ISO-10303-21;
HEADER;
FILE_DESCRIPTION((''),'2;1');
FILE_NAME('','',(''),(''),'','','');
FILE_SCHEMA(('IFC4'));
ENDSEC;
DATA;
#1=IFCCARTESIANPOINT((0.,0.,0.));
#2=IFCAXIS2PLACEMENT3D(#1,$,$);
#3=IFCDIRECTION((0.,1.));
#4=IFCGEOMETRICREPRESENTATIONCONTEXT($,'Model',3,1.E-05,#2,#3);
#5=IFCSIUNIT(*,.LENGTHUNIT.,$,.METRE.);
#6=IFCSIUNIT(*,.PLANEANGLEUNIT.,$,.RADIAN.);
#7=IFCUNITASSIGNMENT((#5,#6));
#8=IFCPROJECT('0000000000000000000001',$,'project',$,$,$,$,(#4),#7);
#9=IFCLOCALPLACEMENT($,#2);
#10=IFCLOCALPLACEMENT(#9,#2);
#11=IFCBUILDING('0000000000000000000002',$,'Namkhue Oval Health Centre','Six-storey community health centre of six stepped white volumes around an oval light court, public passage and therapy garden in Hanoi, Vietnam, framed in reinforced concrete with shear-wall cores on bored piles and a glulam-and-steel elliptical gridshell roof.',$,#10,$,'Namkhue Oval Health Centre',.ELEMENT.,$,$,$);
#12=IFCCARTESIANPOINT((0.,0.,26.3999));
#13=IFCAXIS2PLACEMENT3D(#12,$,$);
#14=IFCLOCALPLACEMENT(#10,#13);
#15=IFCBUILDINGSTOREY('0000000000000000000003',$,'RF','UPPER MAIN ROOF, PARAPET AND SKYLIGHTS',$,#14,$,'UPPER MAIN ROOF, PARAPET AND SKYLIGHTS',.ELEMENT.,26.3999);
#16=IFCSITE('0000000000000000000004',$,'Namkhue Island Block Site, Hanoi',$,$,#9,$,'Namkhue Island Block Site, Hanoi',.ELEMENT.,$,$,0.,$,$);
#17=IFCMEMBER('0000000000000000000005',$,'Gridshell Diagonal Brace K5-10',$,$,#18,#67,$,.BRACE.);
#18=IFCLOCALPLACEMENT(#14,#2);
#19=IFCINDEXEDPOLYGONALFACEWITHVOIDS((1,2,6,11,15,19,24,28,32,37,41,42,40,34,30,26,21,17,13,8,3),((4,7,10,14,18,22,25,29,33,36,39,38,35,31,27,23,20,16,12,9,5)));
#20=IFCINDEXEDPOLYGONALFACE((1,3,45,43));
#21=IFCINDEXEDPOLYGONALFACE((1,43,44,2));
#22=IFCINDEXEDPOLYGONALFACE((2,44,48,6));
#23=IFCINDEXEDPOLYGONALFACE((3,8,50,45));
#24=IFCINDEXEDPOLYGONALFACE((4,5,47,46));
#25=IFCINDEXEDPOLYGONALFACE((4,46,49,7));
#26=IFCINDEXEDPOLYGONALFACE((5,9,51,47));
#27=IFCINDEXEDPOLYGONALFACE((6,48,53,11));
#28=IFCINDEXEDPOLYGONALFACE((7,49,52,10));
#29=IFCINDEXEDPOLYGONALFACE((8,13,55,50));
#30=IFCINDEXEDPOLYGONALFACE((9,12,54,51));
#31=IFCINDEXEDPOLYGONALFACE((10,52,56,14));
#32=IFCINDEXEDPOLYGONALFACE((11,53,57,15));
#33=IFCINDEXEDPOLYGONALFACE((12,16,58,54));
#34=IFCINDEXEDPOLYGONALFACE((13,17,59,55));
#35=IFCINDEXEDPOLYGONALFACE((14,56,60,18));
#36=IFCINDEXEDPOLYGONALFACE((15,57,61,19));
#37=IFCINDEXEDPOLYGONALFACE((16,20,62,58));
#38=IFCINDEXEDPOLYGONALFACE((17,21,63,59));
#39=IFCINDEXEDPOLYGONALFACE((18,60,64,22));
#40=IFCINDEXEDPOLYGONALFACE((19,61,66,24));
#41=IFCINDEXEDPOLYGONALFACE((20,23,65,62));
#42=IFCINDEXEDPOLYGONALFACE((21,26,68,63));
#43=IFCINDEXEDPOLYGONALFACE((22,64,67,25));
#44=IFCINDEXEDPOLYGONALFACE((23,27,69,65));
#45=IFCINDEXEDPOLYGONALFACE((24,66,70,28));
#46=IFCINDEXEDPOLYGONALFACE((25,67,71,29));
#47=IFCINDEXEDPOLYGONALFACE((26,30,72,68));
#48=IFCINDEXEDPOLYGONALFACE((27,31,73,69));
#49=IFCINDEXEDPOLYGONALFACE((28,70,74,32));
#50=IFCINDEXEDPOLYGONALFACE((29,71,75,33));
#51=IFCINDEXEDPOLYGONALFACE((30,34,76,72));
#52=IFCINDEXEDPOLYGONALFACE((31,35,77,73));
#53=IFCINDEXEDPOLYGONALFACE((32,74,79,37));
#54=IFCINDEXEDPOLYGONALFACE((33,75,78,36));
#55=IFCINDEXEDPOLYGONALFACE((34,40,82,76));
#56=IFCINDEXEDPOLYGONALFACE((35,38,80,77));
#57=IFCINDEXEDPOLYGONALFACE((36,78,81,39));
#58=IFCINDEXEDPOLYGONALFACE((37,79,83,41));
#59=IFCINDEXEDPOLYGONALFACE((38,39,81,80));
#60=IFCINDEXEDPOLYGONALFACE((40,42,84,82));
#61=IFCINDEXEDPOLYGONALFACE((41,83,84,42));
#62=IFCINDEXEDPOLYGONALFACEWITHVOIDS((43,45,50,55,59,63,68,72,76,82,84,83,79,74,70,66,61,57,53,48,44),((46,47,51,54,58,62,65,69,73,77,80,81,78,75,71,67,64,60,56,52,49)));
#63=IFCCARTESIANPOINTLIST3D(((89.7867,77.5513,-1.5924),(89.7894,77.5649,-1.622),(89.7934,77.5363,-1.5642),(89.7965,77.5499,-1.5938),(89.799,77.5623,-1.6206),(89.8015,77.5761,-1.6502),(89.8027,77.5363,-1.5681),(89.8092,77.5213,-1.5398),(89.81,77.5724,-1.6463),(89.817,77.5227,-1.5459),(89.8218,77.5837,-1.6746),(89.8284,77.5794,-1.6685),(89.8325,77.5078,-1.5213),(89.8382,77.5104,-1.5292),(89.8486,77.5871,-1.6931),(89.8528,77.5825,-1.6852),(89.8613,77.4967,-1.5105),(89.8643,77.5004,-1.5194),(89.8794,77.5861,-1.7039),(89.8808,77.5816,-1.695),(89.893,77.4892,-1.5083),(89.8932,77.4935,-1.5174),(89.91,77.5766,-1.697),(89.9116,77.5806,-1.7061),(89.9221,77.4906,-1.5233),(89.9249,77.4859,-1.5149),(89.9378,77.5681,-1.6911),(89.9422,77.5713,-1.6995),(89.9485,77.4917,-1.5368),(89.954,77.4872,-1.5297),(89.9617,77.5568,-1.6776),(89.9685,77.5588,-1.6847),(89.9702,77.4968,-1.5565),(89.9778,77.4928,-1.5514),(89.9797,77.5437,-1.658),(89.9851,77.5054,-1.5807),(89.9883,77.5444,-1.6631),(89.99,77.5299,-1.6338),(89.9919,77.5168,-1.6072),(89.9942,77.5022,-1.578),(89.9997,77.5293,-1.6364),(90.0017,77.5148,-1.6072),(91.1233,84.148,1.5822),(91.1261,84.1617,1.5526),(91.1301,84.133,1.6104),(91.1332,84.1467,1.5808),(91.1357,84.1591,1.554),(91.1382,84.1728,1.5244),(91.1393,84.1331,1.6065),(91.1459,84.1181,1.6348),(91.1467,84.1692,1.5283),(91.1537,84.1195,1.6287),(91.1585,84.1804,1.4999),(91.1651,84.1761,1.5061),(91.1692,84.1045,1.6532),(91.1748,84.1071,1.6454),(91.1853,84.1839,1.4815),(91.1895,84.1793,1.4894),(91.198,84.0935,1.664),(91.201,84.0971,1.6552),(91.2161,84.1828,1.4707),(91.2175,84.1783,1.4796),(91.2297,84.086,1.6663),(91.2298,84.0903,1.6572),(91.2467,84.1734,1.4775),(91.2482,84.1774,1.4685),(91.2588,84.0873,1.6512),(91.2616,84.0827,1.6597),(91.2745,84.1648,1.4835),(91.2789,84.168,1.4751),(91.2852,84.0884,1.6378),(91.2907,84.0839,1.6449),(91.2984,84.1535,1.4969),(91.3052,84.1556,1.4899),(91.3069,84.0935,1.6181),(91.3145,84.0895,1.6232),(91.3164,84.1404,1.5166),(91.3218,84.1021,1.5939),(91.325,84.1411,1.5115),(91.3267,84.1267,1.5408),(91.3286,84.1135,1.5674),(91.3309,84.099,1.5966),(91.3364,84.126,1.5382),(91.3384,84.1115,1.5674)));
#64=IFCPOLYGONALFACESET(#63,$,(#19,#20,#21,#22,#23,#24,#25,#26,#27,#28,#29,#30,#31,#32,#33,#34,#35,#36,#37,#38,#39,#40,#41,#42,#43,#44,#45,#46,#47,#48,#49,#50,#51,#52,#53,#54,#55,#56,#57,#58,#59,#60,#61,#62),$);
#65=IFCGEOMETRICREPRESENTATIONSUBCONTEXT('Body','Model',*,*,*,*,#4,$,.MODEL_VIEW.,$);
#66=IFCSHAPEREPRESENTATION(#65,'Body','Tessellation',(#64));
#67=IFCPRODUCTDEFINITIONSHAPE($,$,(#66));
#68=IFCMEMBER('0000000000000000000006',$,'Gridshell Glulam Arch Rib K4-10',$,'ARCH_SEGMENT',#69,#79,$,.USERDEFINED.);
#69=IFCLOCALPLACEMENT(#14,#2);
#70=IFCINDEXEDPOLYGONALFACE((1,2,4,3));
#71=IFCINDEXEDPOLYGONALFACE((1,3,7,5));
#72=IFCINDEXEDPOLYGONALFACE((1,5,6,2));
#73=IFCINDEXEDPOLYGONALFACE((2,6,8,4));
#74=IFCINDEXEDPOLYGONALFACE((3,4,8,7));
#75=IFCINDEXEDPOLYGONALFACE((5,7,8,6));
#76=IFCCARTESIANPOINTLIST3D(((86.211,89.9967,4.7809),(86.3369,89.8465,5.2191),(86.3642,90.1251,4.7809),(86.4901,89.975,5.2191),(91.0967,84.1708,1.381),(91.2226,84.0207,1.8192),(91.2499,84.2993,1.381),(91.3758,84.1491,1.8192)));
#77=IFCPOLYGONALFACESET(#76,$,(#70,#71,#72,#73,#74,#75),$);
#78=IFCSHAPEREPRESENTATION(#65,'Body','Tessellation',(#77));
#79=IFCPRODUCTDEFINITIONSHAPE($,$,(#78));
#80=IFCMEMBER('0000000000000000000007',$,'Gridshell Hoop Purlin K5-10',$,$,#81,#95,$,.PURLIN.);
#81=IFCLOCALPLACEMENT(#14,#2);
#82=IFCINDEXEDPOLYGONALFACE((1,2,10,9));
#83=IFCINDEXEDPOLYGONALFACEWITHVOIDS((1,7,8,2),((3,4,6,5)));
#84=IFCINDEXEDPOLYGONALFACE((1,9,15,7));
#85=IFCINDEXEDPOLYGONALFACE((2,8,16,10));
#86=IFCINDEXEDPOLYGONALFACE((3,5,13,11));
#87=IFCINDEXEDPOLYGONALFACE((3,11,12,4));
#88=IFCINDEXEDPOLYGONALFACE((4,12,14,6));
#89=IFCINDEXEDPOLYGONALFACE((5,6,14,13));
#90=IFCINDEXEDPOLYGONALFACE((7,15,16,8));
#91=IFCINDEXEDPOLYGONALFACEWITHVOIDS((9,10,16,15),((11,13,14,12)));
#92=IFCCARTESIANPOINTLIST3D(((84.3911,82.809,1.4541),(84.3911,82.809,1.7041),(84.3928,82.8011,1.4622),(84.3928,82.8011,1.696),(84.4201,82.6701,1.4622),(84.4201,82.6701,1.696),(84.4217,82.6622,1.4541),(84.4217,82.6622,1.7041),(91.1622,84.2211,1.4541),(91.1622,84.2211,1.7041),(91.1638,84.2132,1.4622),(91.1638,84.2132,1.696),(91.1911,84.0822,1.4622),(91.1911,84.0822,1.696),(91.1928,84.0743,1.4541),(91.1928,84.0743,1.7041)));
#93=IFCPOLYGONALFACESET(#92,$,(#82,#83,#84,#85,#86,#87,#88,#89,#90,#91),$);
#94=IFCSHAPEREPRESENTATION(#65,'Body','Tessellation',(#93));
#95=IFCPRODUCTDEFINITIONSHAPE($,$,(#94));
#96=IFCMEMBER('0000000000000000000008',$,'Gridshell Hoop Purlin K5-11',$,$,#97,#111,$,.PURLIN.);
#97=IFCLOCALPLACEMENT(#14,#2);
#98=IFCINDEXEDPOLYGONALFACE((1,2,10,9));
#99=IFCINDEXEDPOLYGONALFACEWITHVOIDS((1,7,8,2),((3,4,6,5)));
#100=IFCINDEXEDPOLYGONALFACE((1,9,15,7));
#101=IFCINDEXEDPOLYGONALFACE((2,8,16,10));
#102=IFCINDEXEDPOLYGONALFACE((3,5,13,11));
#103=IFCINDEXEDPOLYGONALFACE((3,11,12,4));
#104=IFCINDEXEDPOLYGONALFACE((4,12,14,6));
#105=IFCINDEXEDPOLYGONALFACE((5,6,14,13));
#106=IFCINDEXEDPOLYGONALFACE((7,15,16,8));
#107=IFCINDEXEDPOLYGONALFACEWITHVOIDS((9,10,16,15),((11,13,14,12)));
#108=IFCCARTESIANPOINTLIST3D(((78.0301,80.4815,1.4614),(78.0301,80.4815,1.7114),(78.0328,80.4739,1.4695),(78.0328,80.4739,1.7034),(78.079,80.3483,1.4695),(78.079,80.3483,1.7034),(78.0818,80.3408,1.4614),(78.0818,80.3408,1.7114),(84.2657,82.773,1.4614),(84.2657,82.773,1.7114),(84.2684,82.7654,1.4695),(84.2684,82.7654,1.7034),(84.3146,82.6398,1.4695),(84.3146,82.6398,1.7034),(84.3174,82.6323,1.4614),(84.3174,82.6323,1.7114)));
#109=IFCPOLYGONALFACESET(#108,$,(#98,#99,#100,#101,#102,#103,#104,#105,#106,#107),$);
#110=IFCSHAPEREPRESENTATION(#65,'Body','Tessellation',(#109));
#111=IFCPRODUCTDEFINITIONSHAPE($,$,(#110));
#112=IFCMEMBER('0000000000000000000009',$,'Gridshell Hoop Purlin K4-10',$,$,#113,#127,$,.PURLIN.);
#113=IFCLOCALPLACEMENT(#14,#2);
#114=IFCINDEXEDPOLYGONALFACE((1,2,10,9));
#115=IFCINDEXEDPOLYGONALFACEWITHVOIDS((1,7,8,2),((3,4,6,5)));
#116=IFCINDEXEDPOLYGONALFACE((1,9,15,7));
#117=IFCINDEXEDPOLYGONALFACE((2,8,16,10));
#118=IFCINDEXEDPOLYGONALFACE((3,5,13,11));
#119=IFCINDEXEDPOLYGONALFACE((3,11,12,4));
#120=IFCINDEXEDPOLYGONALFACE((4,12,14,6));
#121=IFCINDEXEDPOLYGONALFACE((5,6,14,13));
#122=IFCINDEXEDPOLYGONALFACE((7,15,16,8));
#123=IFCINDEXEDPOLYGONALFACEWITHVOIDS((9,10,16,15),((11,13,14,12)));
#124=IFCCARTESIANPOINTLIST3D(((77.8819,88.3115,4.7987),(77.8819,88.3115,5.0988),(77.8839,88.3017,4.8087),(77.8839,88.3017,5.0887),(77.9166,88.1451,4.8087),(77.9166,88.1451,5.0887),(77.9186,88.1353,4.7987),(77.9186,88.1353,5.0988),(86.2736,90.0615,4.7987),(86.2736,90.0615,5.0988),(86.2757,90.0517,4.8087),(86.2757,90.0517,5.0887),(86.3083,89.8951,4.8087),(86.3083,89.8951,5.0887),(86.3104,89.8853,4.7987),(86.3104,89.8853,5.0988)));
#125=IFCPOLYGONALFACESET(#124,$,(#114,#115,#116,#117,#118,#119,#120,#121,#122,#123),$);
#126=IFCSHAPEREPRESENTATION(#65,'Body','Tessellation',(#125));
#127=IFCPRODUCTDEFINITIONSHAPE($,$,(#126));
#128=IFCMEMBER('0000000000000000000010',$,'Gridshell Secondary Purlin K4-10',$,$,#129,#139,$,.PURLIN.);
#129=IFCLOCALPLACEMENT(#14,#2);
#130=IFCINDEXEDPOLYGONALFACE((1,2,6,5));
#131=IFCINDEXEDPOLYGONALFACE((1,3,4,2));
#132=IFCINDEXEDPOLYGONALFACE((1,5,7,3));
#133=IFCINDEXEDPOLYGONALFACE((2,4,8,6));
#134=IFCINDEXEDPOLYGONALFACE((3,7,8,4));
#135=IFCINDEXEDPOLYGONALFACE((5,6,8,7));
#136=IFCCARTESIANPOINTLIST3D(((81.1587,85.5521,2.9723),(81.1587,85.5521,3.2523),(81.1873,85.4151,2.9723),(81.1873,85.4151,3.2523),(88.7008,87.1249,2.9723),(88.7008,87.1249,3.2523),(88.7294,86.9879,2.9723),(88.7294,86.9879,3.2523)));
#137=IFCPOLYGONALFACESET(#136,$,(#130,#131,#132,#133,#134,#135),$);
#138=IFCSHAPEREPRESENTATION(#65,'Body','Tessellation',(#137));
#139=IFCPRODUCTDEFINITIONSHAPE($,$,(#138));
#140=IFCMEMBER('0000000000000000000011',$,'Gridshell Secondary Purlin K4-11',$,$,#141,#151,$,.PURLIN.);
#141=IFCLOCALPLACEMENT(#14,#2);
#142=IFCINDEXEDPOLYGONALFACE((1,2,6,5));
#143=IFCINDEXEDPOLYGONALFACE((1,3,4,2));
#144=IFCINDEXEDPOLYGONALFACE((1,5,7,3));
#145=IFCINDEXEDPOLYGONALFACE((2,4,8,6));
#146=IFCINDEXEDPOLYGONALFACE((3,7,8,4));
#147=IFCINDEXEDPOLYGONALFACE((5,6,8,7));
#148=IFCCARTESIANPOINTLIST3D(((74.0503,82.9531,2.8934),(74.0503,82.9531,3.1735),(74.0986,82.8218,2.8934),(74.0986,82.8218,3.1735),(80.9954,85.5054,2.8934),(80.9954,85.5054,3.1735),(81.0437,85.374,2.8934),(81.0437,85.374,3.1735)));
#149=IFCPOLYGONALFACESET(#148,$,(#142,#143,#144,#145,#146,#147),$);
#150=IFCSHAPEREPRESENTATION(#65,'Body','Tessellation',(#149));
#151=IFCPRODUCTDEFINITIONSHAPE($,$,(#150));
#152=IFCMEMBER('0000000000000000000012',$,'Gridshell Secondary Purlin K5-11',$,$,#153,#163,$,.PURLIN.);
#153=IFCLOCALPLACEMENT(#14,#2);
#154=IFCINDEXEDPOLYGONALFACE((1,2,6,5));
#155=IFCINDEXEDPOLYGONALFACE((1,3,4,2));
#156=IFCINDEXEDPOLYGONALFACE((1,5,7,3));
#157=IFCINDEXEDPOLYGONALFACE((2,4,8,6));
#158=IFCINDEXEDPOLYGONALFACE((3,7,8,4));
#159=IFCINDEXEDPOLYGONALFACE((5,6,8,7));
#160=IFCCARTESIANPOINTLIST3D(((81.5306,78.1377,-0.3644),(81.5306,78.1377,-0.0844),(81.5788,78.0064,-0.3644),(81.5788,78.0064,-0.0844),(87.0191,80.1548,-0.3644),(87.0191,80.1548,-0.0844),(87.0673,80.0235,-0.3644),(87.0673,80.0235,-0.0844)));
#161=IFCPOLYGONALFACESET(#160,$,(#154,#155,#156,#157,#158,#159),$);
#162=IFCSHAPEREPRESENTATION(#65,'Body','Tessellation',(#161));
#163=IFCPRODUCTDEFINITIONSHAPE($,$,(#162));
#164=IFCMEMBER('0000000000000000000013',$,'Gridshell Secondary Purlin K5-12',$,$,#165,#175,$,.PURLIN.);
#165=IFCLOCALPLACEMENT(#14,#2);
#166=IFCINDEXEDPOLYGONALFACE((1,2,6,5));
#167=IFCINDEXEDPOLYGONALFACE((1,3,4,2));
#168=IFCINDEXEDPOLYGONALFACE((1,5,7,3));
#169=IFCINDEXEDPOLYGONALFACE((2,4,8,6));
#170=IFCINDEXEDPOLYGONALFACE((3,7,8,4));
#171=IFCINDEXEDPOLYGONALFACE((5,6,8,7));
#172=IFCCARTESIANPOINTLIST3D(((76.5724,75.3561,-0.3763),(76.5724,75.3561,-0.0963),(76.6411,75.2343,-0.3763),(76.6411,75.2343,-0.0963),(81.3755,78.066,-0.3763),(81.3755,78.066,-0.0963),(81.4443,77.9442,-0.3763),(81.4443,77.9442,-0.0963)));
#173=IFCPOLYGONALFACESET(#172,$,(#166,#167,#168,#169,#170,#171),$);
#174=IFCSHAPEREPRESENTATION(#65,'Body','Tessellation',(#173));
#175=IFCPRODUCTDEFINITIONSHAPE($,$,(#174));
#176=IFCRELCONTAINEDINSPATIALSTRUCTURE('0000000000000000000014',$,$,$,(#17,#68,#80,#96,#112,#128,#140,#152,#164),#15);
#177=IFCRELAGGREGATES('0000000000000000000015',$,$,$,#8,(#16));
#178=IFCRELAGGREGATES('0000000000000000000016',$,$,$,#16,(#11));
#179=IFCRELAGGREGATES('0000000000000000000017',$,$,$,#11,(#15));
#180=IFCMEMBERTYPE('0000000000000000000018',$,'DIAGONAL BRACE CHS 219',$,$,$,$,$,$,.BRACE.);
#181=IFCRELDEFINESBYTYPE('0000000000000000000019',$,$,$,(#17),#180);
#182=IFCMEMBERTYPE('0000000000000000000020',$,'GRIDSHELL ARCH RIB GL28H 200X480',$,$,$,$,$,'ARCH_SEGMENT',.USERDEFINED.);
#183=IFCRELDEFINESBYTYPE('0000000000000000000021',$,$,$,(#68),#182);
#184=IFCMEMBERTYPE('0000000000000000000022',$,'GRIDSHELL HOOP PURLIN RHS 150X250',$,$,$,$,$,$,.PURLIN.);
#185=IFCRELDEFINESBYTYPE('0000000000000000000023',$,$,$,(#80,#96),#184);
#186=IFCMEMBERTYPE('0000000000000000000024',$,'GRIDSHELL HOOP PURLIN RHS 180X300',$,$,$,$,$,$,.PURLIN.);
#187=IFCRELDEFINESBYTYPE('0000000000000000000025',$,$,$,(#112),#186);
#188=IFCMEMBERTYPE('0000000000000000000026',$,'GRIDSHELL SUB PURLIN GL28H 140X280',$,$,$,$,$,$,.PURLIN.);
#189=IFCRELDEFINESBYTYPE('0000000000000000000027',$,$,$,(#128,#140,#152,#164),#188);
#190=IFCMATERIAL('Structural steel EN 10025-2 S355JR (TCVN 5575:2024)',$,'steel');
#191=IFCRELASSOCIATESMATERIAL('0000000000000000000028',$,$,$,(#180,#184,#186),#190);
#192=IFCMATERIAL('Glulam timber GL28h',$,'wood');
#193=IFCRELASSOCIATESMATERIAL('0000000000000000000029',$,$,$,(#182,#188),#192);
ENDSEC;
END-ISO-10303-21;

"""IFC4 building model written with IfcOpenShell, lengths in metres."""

from ifc_helpers import new_model, si_unit, direction, frame, origin, origin_2d, place, context, subcontext, project, spatial, rectangle, hollow_rectangle, hollow_circle, extrude, material, material_profile, profile_set, type_object, element, save


model = new_model("IFC4")

# Units and contexts
model_context = context("Model", 3, precision=1e-05, world=origin(), true_north=direction((0.0, 1.0)))
body_context = subcontext(model_context, "Body", "Model", "MODEL_VIEW")
ifc_project = project(units=[si_unit("LENGTHUNIT", "METRE"), si_unit("PLANEANGLEUNIT", "RADIAN")], contexts=[model_context])

# Site, building, storey
site_placement = place(None, origin())
site = spatial("IfcSite", under=ifc_project, at=site_placement, Name="Namkhue Island Block Site, Hanoi", LongName="Namkhue Island Block Site, Hanoi", CompositionType="ELEMENT", RefElevation=0.0)
building_placement = place(site_placement, origin())
building = spatial("IfcBuilding", under=site, at=building_placement, Name="Namkhue Oval Health Centre", Description="Six-storey community health centre of six stepped white volumes around an oval light court, public passage and therapy garden in Hanoi, Vietnam, framed in reinforced concrete with shear-wall cores on bored piles and a glulam-and-steel elliptical gridshell roof.", LongName="Namkhue Oval Health Centre", CompositionType="ELEMENT")
storey_placement = place(building_placement, frame((0.0, 0.0, 26.3999)))
storey = spatial("IfcBuildingStorey", under=building, at=storey_placement, Name="RF", Description="UPPER MAIN ROOF, PARAPET AND SKYLIGHTS", LongName="UPPER MAIN ROOF, PARAPET AND SKYLIGHTS", CompositionType="ELEMENT", Elevation=26.3999)

# Members
ifc_material_1 = material(Name="Structural steel EN 10025-2 S355JR (TCVN 5575:2024)", Category="steel")
ifc_material_profile_1 = material_profile(ifc_material_1, hollow_circle(Radius=0.1096, WallThickness=0.01, at=origin_2d()), Name="CHS 219.1x10")
ifc_profile_set_1 = profile_set([ifc_material_profile_1], Name="Structural steel EN 10025-2 S355JR (TCVN 5575:2024)")
member_type_1 = type_object("IfcMemberType", Name="DIAGONAL BRACE CHS 219", PredefinedType="BRACE", material=ifc_profile_set_1)
member_1_placement = place(storey_placement, frame((91.231, 84.1333, 1.5674), z_axis=(-0.179616, -0.886433, -0.426584), x_axis=(0.980082, -0.198592, 0.0)))
element("IfcMember", 1, at=member_1_placement, inside=storey, type_object=member_type_1, Name="Gridshell Diagonal Brace K5-10", PredefinedType="BRACE", context=body_context, shape_type="SweptSolid", body=[
    extrude(hollow_circle(Radius=0.1096, WallThickness=0.01, at=origin_2d()), origin(), (0.0, 0.0, 1.0), 7.4419),
])
ifc_material_2 = material(Name="Glulam timber GL28h", Category="wood")
ifc_material_profile_2 = material_profile(ifc_material_2, rectangle(XDim=0.2, YDim=0.48, at=origin_2d()), Name="GL28h 200x480")
ifc_profile_set_2 = profile_set([ifc_material_profile_2], Name="Glulam timber GL28h")
member_type_2 = type_object("IfcMemberType", Name="GRIDSHELL ARCH RIB GL28H 200X480", ElementType="ARCH_SEGMENT", PredefinedType="USERDEFINED", material=ifc_profile_set_2)
member_2_placement = place(storey_placement, frame((86.3506, 89.9858, 5.0), z_axis=(0.586598, -0.69948, -0.408203), x_axis=(0.766225, 0.642572, 0.0)))
element("IfcMember", 2, at=member_2_placement, inside=storey, type_object=member_type_2, Name="Gridshell Glulam Arch Rib K4-10", ObjectType="ARCH_SEGMENT", PredefinedType="USERDEFINED", context=body_context, shape_type="SweptSolid", body=[
    extrude(rectangle(XDim=0.2, YDim=0.48, at=origin_2d()), origin(), (0.0, 0.0, 1.0), 8.3289),
])
ifc_material_profile_3 = material_profile(ifc_material_1, hollow_rectangle(XDim=0.1499, YDim=0.25, WallThickness=0.0081, at=origin_2d()), Name="RHS 150x250x8")
ifc_profile_set_3 = profile_set([ifc_material_profile_3], Name="Structural steel EN 10025-2 S355JR (TCVN 5575:2024)")
member_type_3 = type_object("IfcMemberType", Name="GRIDSHELL HOOP PURLIN RHS 150X250", PredefinedType="PURLIN", material=ifc_profile_set_3)
member_3_placement = place(storey_placement, frame((91.1775, 84.1477, 1.5791), z_axis=(-0.978938, -0.20416, 0.0), x_axis=(0.20416, -0.978938, 0.0)))
element("IfcMember", 3, at=member_3_placement, inside=storey, type_object=member_type_3, Name="Gridshell Hoop Purlin K5-10", PredefinedType="PURLIN", context=body_context, shape_type="SweptSolid", body=[
    extrude(hollow_rectangle(XDim=0.1499, YDim=0.25, WallThickness=0.0081, at=origin_2d()), origin(), (0.0, 0.0, 1.0), 6.9167),
])
member_4_placement = place(storey_placement, frame((84.2915, 82.7026, 1.5864), z_axis=(-0.938627, -0.344934, 0.0), x_axis=(0.344934, -0.938627, 0.0)))
element("IfcMember", 4, at=member_4_placement, inside=storey, type_object=member_type_3, Name="Gridshell Hoop Purlin K5-11", PredefinedType="PURLIN", context=body_context, shape_type="SweptSolid", body=[
    extrude(hollow_rectangle(XDim=0.1499, YDim=0.25, WallThickness=0.0081, at=origin_2d()), origin(), (0.0, 0.0, 1.0), 6.6433),
])
ifc_material_profile_4 = material_profile(ifc_material_1, hollow_rectangle(XDim=0.1799, YDim=0.3, WallThickness=0.01, at=origin_2d()), Name="RHS 180x300x10")
ifc_profile_set_4 = profile_set([ifc_material_profile_4], Name="Structural steel EN 10025-2 S355JR (TCVN 5575:2024)")
member_type_4 = type_object("IfcMemberType", Name="GRIDSHELL HOOP PURLIN RHS 180X300", PredefinedType="PURLIN", material=ifc_profile_set_4)
member_5_placement = place(storey_placement, frame((86.292, 89.9734, 4.9487), z_axis=(-0.978941, -0.204144, 0.0), x_axis=(0.204144, -0.978941, 0.0)))
element("IfcMember", 5, at=member_5_placement, inside=storey, type_object=member_type_4, Name="Gridshell Hoop Purlin K4-10", PredefinedType="PURLIN", context=body_context, shape_type="SweptSolid", body=[
    extrude(hollow_rectangle(XDim=0.1799, YDim=0.3, WallThickness=0.01, at=origin_2d()), origin(), (0.0, 0.0, 1.0), 8.5723),
])
ifc_material_profile_5 = material_profile(ifc_material_2, rectangle(XDim=0.1399, YDim=0.28, at=origin_2d()), Name="GL28h 140x280")
ifc_profile_set_5 = profile_set([ifc_material_profile_5], Name="Glulam timber GL28h")
member_type_5 = type_object("IfcMemberType", Name="GRIDSHELL SUB PURLIN GL28H 140X280", PredefinedType="PURLIN", material=ifc_profile_set_5)
member_6_placement = place(storey_placement, frame((88.7151, 87.0564, 3.1123), z_axis=(-0.978941, -0.204142, 0.0), x_axis=(0.204142, -0.978941, 0.0)))
element("IfcMember", 6, at=member_6_placement, inside=storey, type_object=member_type_5, Name="Gridshell Secondary Purlin K4-10", PredefinedType="PURLIN", context=body_context, shape_type="SweptSolid", body=[
    extrude(rectangle(XDim=0.1399, YDim=0.28, at=origin_2d()), origin(), (0.0, 0.0, 1.0), 7.7043),
])
member_7_placement = place(storey_placement, frame((81.0195, 85.4397, 3.0334), z_axis=(-0.938626, -0.344936, 0.0), x_axis=(0.344936, -0.938626, 0.0)))
element("IfcMember", 7, at=member_7_placement, inside=storey, type_object=member_type_5, Name="Gridshell Secondary Purlin K4-11", PredefinedType="PURLIN", context=body_context, shape_type="SweptSolid", body=[
    extrude(rectangle(XDim=0.1399, YDim=0.28, at=origin_2d()), origin(), (0.0, 0.0, 1.0), 7.3992),
])
member_8_placement = place(storey_placement, frame((87.0432, 80.0891, -0.2244), z_axis=(-0.93862, -0.344953, 0.0), x_axis=(0.344953, -0.93862, 0.0)))
element("IfcMember", 8, at=member_8_placement, inside=storey, type_object=member_type_5, Name="Gridshell Secondary Purlin K5-11", PredefinedType="PURLIN", context=body_context, shape_type="SweptSolid", body=[
    extrude(rectangle(XDim=0.1399, YDim=0.28, at=origin_2d()), origin(), (0.0, 0.0, 1.0), 5.8474),
])
member_9_placement = place(storey_placement, frame((81.4099, 78.0051, -0.2363), z_axis=(-0.870943, -0.491383, 0.0), x_axis=(0.491383, -0.870943, 0.0)))
element("IfcMember", 9, at=member_9_placement, inside=storey, type_object=member_type_5, Name="Gridshell Secondary Purlin K5-12", PredefinedType="PURLIN", context=body_context, shape_type="SweptSolid", body=[
    extrude(rectangle(XDim=0.1399, YDim=0.28, at=origin_2d()), origin(), (0.0, 0.0, 1.0), 5.5149),
])

save(model, "model.ifc")
